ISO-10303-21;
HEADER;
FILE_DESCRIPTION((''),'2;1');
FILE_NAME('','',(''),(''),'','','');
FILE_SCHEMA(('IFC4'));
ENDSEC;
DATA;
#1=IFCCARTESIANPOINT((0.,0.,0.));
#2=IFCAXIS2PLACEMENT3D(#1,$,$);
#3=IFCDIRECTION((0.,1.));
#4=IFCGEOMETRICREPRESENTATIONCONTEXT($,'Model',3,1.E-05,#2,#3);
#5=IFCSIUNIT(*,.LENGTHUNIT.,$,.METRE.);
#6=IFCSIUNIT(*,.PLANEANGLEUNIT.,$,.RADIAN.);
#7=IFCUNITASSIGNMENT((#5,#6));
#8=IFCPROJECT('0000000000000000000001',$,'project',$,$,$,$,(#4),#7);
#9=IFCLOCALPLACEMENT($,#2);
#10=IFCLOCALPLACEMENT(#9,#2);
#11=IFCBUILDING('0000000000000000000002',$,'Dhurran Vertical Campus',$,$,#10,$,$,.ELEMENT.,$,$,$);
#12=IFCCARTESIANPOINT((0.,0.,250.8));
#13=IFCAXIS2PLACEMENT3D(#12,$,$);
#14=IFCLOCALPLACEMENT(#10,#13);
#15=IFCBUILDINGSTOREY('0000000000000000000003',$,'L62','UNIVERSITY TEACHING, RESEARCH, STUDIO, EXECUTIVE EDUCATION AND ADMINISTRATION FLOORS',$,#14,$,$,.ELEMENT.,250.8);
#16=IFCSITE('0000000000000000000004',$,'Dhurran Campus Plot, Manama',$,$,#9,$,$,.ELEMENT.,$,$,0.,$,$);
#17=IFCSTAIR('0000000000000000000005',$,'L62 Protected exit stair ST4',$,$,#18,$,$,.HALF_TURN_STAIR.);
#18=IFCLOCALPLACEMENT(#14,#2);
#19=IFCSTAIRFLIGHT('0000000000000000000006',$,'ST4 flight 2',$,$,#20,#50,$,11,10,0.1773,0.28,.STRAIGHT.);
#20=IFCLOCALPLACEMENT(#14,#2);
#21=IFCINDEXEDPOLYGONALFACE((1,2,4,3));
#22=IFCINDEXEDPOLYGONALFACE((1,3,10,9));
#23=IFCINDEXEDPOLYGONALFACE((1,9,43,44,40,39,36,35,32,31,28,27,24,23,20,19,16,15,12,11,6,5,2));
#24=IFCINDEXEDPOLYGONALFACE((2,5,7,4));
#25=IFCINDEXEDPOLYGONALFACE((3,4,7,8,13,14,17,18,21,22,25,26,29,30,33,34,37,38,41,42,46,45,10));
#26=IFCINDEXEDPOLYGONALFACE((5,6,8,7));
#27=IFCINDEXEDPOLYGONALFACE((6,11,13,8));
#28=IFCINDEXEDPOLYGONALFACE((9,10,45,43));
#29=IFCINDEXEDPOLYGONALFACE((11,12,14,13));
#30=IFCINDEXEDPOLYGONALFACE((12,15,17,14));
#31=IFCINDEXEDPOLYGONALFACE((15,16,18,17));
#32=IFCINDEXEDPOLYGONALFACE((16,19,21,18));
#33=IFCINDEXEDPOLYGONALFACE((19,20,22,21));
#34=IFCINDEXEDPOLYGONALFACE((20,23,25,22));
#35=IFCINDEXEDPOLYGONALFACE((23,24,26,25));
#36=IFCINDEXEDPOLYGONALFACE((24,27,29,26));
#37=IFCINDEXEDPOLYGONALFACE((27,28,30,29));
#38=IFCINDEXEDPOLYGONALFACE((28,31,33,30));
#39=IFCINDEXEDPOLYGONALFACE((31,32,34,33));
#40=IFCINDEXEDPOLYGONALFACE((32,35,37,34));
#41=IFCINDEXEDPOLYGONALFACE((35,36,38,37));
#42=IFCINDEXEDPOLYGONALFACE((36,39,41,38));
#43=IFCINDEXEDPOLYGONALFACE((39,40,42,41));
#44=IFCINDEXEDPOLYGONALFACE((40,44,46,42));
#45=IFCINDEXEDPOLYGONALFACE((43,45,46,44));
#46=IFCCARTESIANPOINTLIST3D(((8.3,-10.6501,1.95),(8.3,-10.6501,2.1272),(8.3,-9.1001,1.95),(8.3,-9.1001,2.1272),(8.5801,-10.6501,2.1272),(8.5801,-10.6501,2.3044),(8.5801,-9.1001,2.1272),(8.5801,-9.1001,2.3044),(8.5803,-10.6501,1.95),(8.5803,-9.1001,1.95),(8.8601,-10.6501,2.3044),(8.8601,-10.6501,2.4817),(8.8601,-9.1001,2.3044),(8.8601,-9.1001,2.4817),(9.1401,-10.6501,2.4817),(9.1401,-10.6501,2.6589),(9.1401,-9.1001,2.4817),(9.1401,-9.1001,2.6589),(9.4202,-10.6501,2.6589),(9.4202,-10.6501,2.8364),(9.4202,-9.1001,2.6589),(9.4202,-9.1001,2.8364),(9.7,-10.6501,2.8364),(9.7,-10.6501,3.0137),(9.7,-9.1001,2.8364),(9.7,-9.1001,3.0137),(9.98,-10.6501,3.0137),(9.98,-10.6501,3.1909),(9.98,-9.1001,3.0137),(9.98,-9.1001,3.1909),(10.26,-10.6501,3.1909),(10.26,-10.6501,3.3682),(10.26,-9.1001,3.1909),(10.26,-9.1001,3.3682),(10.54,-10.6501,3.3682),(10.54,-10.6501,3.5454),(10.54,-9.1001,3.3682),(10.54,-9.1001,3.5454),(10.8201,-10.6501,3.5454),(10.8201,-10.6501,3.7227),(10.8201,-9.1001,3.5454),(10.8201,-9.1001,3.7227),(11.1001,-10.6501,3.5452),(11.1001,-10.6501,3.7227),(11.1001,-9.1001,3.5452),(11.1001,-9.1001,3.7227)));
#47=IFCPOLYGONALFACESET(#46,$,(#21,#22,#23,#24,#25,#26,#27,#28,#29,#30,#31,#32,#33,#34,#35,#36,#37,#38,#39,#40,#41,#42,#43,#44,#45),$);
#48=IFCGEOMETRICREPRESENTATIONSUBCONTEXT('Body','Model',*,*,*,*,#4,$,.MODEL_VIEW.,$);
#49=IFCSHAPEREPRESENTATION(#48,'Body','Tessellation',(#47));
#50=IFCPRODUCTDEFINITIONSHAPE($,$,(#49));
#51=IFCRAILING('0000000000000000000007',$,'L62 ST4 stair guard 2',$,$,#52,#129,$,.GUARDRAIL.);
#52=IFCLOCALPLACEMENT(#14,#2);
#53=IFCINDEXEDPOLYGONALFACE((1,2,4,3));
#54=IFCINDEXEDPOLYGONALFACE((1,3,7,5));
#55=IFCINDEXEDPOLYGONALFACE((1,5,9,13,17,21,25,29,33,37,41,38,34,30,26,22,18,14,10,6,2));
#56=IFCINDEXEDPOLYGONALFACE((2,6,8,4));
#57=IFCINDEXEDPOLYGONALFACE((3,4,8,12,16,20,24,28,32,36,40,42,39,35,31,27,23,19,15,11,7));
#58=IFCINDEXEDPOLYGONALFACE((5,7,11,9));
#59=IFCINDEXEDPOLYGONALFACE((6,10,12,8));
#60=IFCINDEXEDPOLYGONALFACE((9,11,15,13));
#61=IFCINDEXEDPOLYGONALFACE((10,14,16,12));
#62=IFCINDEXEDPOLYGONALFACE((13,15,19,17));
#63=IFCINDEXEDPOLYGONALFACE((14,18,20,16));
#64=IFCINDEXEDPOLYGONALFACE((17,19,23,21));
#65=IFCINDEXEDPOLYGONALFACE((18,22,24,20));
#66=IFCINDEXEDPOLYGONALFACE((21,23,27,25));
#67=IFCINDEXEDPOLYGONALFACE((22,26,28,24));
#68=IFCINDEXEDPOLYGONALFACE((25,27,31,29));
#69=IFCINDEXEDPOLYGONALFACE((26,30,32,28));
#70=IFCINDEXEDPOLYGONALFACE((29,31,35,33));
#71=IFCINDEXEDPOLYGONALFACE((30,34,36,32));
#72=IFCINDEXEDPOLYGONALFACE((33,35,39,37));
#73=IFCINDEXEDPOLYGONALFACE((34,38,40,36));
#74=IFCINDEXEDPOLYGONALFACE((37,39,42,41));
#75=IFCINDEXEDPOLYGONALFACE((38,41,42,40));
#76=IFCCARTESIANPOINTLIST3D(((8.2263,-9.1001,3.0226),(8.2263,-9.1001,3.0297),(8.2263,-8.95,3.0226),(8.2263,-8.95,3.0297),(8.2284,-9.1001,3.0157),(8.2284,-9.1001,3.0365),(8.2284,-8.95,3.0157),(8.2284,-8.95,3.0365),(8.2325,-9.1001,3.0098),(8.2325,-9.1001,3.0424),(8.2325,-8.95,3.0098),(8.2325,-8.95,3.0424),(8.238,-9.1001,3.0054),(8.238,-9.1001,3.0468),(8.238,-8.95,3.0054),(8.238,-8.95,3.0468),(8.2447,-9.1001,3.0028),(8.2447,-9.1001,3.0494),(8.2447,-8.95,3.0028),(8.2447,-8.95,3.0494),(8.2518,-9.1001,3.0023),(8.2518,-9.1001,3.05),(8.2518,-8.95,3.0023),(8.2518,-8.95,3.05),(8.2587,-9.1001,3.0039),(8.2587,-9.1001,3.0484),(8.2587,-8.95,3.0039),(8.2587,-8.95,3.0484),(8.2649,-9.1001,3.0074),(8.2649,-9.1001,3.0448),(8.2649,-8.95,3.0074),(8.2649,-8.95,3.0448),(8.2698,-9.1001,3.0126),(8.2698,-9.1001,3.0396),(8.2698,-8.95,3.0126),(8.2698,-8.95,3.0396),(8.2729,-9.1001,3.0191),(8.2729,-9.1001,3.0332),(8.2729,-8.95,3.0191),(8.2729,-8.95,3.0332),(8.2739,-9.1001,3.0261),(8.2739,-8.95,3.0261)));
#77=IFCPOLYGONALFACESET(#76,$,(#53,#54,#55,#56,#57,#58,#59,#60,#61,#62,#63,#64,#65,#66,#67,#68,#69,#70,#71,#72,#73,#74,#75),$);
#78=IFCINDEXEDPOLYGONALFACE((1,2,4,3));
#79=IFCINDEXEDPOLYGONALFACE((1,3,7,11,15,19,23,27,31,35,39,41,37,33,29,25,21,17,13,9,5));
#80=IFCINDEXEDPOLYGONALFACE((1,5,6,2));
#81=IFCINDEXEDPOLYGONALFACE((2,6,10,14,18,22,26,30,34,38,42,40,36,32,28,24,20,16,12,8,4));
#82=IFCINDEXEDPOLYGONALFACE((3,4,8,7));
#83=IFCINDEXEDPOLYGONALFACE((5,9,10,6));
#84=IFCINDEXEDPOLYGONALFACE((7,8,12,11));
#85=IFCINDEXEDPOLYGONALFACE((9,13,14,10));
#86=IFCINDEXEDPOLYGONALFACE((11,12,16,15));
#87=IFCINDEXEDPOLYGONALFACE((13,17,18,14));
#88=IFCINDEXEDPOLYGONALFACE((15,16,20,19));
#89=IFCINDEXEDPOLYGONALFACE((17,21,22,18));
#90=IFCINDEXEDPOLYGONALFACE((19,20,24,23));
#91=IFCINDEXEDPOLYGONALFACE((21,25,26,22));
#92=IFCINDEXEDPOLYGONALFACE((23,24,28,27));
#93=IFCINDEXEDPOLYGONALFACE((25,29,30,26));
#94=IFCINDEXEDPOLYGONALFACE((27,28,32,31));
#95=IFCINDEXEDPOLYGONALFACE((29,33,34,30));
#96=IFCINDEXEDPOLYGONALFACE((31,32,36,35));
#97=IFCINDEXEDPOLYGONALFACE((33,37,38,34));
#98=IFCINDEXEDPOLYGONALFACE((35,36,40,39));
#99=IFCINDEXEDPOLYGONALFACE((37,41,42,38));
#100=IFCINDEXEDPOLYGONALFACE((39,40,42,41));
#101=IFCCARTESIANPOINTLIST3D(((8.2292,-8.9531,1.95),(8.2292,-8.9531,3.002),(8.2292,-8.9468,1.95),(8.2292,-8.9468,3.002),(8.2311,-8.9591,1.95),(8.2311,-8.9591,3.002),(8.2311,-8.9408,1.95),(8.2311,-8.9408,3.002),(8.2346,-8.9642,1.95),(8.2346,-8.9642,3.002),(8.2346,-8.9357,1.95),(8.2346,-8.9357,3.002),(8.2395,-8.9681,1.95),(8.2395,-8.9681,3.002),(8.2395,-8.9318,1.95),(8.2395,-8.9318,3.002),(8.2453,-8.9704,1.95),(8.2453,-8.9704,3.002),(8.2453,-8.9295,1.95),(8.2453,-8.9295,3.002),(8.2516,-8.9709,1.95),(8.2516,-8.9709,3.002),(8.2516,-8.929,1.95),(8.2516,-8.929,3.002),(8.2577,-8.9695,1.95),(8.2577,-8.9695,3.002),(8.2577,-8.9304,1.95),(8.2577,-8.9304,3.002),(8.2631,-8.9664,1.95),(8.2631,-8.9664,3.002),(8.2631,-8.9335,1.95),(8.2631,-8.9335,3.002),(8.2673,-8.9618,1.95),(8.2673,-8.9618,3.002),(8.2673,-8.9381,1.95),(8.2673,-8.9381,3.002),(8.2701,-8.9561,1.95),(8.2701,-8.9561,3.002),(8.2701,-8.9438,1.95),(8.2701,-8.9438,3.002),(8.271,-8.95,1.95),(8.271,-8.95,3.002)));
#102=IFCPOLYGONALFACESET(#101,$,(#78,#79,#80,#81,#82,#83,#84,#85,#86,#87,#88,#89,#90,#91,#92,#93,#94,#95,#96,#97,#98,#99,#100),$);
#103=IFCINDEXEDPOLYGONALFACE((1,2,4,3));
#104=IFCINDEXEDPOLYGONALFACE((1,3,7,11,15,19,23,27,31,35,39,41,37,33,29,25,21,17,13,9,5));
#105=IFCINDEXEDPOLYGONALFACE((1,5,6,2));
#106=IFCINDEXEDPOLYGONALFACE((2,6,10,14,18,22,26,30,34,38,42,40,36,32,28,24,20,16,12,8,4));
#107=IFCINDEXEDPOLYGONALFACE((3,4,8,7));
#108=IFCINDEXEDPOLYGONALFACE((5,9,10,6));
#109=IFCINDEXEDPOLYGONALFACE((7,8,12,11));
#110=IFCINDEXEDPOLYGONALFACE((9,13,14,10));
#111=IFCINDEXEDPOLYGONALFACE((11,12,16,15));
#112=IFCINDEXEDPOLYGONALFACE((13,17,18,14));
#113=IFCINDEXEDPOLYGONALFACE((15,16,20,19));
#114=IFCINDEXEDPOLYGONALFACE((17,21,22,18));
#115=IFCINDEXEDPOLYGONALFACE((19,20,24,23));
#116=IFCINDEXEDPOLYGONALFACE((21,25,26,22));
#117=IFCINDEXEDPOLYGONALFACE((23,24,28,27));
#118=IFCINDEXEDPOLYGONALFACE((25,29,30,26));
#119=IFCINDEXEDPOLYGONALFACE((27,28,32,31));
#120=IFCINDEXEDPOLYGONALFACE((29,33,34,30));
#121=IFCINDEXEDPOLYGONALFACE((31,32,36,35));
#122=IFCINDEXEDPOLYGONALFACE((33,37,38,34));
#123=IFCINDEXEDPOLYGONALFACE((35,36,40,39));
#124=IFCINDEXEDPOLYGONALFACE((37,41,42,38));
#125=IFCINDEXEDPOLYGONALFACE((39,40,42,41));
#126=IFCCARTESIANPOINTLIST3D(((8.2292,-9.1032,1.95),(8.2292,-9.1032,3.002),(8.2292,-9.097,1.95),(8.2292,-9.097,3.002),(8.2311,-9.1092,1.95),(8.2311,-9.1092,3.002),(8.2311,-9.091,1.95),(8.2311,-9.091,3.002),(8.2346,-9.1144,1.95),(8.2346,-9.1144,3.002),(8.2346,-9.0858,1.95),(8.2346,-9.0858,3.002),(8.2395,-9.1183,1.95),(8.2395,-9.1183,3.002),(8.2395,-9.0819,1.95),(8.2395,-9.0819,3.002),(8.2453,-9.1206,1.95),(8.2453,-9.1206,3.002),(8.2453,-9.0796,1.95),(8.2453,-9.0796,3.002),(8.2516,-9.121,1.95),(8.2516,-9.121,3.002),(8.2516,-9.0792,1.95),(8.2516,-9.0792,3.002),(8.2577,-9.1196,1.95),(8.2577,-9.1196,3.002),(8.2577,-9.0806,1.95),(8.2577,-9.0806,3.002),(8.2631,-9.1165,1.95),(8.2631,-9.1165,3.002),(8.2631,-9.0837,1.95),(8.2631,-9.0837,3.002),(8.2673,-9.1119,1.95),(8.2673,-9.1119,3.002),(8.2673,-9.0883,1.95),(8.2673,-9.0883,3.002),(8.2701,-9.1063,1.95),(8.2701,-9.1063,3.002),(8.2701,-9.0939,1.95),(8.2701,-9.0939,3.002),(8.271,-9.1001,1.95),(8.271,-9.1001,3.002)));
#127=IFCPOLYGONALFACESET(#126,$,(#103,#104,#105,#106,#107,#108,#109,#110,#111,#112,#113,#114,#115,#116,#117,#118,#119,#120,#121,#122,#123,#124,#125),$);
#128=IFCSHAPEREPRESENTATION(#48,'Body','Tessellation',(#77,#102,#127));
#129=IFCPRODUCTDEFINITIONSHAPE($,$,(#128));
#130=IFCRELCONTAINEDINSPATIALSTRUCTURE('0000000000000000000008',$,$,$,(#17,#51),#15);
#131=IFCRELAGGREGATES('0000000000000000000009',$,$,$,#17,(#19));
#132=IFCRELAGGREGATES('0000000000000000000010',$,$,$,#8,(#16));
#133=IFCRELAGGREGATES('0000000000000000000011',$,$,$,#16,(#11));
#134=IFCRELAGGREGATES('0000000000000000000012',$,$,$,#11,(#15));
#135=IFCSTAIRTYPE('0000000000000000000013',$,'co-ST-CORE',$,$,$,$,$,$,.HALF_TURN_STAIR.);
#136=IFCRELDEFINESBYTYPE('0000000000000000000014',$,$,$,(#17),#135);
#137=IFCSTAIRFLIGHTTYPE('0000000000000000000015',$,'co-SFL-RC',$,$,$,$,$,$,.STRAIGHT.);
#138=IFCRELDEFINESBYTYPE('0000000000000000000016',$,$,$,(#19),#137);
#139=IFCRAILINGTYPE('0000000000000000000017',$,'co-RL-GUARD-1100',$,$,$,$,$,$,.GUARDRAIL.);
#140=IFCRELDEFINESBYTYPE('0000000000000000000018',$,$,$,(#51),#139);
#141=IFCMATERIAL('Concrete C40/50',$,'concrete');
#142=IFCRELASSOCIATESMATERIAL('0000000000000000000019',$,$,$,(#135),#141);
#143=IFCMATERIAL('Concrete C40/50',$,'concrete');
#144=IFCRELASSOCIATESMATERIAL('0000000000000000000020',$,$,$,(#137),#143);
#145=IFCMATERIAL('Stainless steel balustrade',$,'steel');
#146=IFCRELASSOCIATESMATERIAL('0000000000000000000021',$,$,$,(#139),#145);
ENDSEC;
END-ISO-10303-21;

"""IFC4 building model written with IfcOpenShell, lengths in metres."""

from ifc_helpers import new_model, si_unit, direction, frame, origin, origin_2d, place, context, subcontext, project, spatial, polyline, circle, outline, extrude, material, type_object, element, aggregate, save


model = new_model("IFC4")

# Units and contexts
model_context = context("Model", 3, precision=1e-05, world=origin(), true_north=direction((0.0, 1.0)))
body_context = subcontext(model_context, "Body", "Model", "MODEL_VIEW")
ifc_project = project(units=[si_unit("LENGTHUNIT", "METRE"), si_unit("PLANEANGLEUNIT", "RADIAN")], contexts=[model_context])

# Site, building, storey
site_placement = place(None, origin())
site = spatial("IfcSite", under=ifc_project, at=site_placement, Name="Dhurran Campus Plot, Manama", CompositionType="ELEMENT", RefElevation=0.0)
building_placement = place(site_placement, origin())
building = spatial("IfcBuilding", under=site, at=building_placement, Name="Dhurran Vertical Campus", CompositionType="ELEMENT")
storey_placement = place(building_placement, frame((0.0, 0.0, 250.8)))
storey = spatial("IfcBuildingStorey", under=building, at=storey_placement, Name="L62", Description="UNIVERSITY TEACHING, RESEARCH, STUDIO, EXECUTIVE EDUCATION AND ADMINISTRATION FLOORS", CompositionType="ELEMENT", Elevation=250.8)

# Stair, stair flight
ifc_material_1 = material(Name="Concrete C40/50", Category="concrete")
stair_type = type_object("IfcStairType", Name="co-ST-CORE", PredefinedType="HALF_TURN_STAIR", material=ifc_material_1)
stair_placement = place(storey_placement, origin())
stair = element("IfcStair", 1, at=stair_placement, inside=storey, type_object=stair_type, Name="L62 Protected exit stair ST4", PredefinedType="HALF_TURN_STAIR")
ifc_material_2 = material(Name="Concrete C40/50", Category="concrete")
stair_flight_type = type_object("IfcStairFlightType", Name="co-SFL-RC", PredefinedType="STRAIGHT", material=ifc_material_2)
stair_flight_placement = place(storey_placement, frame((8.3, -9.875, 1.95), z_axis=(0.0, 0.0, 1.0), x_axis=(1.0, 0.0, 0.0)))
stair_flight = element("IfcStairFlight", 2, at=stair_flight_placement, type_object=stair_flight_type, Name="ST4 flight 2", NumberOfRisers=11, NumberOfTreads=10, PredefinedType="STRAIGHT", RiserHeight=0.1773, TreadLength=0.28, context=body_context, shape_type="SweptSolid", body=[
    extrude(outline(polyline([(0.0, 0.0), (0.0, 0.1772), (0.28, 0.1772), (0.28, 0.3545), (0.5601, 0.3545), (0.5601, 0.5317), (0.8401, 0.5317), (0.8401, 0.709), (1.1201, 0.709), (1.1201, 0.8865), (1.3999, 0.8865), (1.3999, 1.0637), (1.6799, 1.0637), (1.6799, 1.241), (1.96, 1.241), (1.96, 1.4182), (2.24, 1.4182), (2.24, 1.5955), (2.52, 1.5955), (2.52, 1.7727), (2.8, 1.7727), (2.8, 1.95), (2.8, 1.5952), (0.2803, 0.0), (0.0, 0.0)])), frame((0.0, 0.7749, 0.0), z_axis=(0.0, -1.0, 0.0), x_axis=(1.0, 0.0, 0.0)), (0.0, 0.0, 1.0), 1.55),
])
aggregate(stair, [stair_flight])

# Railing
ifc_material_3 = material(Name="Stainless steel balustrade", Category="steel")
railing_type_1 = type_object("IfcRailingType", Name="co-RL-GUARD-1100", PredefinedType="GUARDRAIL", material=ifc_material_3)
railing_1_placement = place(storey_placement, frame((8.25, -8.95, 1.95)))
element("IfcRailing", 3, at=railing_1_placement, inside=storey, type_object=railing_type_1, Name="L62 ST4 stair guard 2", PredefinedType="GUARDRAIL", context=body_context, shape_type="SweptSolid", body=[
    extrude(circle(Radius=0.0239, at=origin_2d()), frame((0.0, 0.0, 1.0762), z_axis=(0.0, -1.0, 0.0), x_axis=(1.0, 0.0, 0.0)), (0.0, 0.0, 1.0), 0.1501),
    extrude(circle(Radius=0.021, at=origin_2d()), origin(), (0.0, 0.0, 1.0), 1.052),
    extrude(circle(Radius=0.021, at=origin_2d()), frame((0.0, -0.1501, 0.0)), (0.0, 0.0, 1.0), 1.052),
])

save(model, "model.ifc")
